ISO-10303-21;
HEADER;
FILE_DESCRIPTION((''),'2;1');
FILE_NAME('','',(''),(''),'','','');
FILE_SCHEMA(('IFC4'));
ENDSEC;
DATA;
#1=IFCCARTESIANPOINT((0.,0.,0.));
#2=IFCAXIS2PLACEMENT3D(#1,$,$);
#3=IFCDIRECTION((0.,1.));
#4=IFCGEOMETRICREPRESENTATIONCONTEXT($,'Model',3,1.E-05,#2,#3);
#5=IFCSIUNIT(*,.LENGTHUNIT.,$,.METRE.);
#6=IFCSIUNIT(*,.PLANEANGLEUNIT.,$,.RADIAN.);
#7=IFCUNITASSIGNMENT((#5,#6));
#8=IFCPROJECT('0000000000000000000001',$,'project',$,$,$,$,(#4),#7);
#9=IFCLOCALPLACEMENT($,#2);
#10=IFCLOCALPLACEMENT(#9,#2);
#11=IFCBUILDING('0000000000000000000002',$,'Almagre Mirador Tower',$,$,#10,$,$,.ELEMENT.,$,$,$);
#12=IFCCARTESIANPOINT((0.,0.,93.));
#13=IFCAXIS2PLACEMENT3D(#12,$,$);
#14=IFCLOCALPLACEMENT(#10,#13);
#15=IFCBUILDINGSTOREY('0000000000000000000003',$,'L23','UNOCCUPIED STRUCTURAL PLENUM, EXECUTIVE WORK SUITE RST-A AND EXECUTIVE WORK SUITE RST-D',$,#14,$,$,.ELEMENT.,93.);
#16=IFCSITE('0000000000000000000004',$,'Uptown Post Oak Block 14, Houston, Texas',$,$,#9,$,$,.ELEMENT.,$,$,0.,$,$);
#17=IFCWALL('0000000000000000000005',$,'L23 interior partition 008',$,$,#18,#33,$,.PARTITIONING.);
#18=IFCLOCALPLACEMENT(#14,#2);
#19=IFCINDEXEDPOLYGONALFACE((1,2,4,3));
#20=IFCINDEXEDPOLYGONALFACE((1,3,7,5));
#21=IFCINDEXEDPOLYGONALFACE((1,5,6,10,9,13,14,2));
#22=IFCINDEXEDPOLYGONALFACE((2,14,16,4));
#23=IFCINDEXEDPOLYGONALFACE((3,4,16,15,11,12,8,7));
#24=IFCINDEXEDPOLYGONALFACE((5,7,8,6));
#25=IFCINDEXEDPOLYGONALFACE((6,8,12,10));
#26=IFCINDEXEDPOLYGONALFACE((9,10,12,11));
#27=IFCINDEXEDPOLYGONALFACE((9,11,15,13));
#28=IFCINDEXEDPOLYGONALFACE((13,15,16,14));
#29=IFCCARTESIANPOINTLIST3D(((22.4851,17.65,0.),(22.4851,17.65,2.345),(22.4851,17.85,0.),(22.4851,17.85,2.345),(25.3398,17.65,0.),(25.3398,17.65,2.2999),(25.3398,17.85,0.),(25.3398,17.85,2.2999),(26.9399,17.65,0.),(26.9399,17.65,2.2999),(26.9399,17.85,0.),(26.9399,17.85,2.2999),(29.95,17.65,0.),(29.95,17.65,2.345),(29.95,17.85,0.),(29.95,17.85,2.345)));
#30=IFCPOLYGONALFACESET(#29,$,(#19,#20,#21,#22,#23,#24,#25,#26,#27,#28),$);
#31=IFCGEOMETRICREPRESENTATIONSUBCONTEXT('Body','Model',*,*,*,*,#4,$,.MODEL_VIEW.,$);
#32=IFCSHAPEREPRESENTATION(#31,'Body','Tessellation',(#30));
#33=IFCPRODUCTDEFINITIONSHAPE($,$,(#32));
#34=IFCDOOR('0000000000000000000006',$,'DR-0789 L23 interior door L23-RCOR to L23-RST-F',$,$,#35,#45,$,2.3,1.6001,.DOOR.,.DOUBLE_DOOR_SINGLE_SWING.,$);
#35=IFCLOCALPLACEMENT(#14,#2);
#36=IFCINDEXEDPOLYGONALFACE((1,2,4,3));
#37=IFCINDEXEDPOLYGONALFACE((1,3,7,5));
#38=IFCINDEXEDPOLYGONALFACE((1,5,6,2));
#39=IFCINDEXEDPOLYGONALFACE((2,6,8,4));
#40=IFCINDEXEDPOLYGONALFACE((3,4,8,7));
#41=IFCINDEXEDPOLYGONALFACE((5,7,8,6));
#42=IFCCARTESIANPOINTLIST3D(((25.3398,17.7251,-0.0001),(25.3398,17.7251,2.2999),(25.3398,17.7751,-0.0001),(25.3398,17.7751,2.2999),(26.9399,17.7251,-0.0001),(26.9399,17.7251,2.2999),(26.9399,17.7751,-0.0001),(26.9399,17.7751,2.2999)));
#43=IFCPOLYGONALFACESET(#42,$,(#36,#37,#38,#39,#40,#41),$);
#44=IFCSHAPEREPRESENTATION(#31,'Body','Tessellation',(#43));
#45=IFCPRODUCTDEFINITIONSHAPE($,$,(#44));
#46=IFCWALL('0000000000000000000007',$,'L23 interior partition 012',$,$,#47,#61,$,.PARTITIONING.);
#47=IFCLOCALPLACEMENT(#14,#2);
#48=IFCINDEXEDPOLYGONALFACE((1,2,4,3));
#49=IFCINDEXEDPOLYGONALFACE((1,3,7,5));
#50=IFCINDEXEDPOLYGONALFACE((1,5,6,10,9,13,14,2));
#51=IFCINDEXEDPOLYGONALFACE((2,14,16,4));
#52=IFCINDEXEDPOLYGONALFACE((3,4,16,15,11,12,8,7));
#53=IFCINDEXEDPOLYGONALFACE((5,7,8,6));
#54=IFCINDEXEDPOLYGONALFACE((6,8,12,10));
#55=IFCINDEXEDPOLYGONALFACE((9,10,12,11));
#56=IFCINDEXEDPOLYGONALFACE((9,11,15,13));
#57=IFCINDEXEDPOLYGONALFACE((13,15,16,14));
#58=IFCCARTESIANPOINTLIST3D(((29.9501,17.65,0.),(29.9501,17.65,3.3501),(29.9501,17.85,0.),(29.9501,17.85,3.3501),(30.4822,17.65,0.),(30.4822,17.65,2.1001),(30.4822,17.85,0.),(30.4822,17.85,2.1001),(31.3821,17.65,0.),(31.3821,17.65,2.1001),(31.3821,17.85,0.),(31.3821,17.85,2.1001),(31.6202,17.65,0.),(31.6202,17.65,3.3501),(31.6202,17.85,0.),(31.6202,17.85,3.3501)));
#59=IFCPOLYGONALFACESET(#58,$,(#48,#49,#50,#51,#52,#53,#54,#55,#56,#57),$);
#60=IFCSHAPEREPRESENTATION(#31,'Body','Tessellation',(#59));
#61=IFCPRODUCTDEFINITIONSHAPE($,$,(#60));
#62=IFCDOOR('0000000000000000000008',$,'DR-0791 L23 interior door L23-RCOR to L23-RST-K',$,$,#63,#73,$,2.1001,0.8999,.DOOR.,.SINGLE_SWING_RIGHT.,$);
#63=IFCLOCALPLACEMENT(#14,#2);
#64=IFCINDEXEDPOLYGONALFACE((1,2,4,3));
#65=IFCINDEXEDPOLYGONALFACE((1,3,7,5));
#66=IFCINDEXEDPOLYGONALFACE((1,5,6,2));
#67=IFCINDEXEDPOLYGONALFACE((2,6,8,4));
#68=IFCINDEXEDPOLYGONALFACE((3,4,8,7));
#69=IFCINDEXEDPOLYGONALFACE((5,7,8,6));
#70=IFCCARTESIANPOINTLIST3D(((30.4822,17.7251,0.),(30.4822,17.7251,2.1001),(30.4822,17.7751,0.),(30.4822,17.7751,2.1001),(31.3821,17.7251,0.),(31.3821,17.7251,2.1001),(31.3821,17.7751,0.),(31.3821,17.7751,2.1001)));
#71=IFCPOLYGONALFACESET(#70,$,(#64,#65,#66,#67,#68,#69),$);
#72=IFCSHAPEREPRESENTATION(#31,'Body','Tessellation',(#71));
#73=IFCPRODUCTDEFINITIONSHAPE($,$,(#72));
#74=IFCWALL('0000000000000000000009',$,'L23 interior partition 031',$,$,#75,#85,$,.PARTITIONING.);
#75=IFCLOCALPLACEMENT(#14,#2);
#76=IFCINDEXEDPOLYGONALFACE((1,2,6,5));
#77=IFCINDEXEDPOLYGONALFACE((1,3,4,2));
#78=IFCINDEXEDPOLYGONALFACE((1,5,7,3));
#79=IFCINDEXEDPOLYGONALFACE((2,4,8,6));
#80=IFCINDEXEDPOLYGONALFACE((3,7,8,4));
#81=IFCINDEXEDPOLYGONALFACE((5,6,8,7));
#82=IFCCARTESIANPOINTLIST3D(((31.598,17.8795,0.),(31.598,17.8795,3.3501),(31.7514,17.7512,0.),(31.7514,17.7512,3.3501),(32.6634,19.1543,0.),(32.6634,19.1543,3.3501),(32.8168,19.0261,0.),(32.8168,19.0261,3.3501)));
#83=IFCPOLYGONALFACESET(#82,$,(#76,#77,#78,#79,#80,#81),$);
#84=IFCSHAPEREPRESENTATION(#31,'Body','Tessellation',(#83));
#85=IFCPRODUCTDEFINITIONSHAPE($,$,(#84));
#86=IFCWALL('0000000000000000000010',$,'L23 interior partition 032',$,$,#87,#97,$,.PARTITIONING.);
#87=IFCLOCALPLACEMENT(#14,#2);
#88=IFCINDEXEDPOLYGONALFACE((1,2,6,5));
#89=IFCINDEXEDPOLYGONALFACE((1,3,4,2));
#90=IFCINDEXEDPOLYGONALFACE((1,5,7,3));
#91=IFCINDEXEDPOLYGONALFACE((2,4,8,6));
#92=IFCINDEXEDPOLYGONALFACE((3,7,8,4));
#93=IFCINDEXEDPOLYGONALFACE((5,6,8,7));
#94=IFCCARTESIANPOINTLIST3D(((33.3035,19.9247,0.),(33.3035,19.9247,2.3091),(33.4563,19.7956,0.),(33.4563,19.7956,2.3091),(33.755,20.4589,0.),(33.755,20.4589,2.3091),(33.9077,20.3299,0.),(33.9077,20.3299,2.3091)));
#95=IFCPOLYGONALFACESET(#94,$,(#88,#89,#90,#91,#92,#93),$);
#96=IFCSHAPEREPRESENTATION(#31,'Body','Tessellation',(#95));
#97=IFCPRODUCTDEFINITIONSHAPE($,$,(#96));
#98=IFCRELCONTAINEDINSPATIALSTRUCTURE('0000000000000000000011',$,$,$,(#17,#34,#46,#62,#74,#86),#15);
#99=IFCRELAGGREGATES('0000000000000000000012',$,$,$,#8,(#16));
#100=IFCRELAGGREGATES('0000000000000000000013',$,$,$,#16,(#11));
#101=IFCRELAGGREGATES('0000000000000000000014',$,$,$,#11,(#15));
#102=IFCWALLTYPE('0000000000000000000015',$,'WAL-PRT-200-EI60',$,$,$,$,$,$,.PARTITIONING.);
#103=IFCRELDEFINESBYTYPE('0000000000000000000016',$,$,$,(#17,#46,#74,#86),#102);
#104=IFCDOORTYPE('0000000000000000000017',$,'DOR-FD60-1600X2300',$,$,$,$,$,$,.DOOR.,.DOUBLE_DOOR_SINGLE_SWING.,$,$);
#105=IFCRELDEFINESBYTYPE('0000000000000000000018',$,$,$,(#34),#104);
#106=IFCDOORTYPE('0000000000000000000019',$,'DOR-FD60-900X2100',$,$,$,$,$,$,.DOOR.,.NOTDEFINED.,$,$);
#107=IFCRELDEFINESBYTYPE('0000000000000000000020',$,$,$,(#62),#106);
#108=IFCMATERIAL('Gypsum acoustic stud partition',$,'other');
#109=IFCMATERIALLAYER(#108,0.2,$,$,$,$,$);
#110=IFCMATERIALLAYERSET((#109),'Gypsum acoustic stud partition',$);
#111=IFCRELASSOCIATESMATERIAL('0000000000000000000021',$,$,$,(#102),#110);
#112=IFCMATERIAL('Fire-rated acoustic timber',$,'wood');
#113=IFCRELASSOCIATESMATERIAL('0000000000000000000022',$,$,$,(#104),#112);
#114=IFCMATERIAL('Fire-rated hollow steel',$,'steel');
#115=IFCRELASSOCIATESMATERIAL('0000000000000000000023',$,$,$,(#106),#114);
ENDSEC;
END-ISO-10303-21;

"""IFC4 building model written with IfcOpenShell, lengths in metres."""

from ifc_helpers import new_model, si_unit, direction, frame, frame_2d, origin, place, context, subcontext, project, spatial, rectangle, extrude, material, layer, layer_set, type_object, element, fill, save


model = new_model("IFC4")

# Units and contexts
model_context = context("Model", 3, precision=1e-05, world=origin(), true_north=direction((0.0, 1.0)))
body_context = subcontext(model_context, "Body", "Model", "MODEL_VIEW")
ifc_project = project(units=[si_unit("LENGTHUNIT", "METRE"), si_unit("PLANEANGLEUNIT", "RADIAN")], contexts=[model_context])

# Site, building, storey
site_placement = place(None, origin())
site = spatial("IfcSite", under=ifc_project, at=site_placement, Name="Uptown Post Oak Block 14, Houston, Texas", CompositionType="ELEMENT", RefElevation=0.0)
building_placement = place(site_placement, origin())
building = spatial("IfcBuilding", under=site, at=building_placement, Name="Almagre Mirador Tower", CompositionType="ELEMENT")
storey_placement = place(building_placement, frame((0.0, 0.0, 93.0)))
storey = spatial("IfcBuildingStorey", under=building, at=storey_placement, Name="L23", Description="UNOCCUPIED STRUCTURAL PLENUM, EXECUTIVE WORK SUITE RST-A AND EXECUTIVE WORK SUITE RST-D", CompositionType="ELEMENT", Elevation=93.0)

# Walls, openings, doors
ifc_material_1 = material(Name="Gypsum acoustic stud partition", Category="other")
ifc_layer_1 = layer(ifc_material_1, 0.2)
ifc_layer_set_1 = layer_set([ifc_layer_1], Name="Gypsum acoustic stud partition")
wall_type_1 = type_object("IfcWallType", Name="WAL-PRT-200-EI60", PredefinedType="PARTITIONING", material=ifc_layer_set_1)
wall_1_placement = place(storey_placement, frame((29.95, 17.75, 0.0), z_axis=(0.0, 0.0, 1.0), x_axis=(-1.0, 0.0, 0.0)))
wall_1 = element("IfcWall", 1, at=wall_1_placement, inside=storey, type_object=wall_type_1, Name="L23 interior partition 008", PredefinedType="PARTITIONING", context=body_context, shape_type="SweptSolid", body=[
    extrude(rectangle(XDim=7.4648, YDim=0.2, at=frame_2d((3.7324, 0.0))), origin(), (0.0, 0.0, 1.0), 2.345),
])
opening_1_placement = place(wall_1_placement, frame((3.01, 0.0, 0.0)))
opening_1 = element("IfcOpeningElement", 2, at=opening_1_placement, cuts=wall_1, PredefinedType="OPENING", context=body_context, shape_type="SweptSolid", body=[
    extrude(rectangle(XDim=1.6001, YDim=2.3, at=frame_2d((0.8, 1.1499))), frame((0.0, 0.1101, 0.0), z_axis=(0.0, -1.0, 0.0), x_axis=(1.0, 0.0, 0.0)), (0.0, 0.0, 1.0), 0.22),
])
ifc_material_2 = material(Name="Fire-rated acoustic timber", Category="wood")
door_type_1 = type_object("IfcDoorType", Name="DOR-FD60-1600X2300", OperationType="DOUBLE_DOOR_SINGLE_SWING", PredefinedType="DOOR", material=ifc_material_2)
door_1_placement = place(opening_1_placement, origin())
door_1 = element("IfcDoor", 3, at=door_1_placement, inside=storey, type_object=door_type_1, Name="DR-0789 L23 interior door L23-RCOR to L23-RST-F", OperationType="DOUBLE_DOOR_SINGLE_SWING", OverallHeight=2.3, OverallWidth=1.6001, PredefinedType="DOOR", context=body_context, shape_type="SweptSolid", body=[
    extrude(rectangle(XDim=1.6001, YDim=2.3, at=frame_2d((0.8, 1.1499))), frame((0.0, 0.0249, 0.0), z_axis=(0.0, -1.0, 0.0), x_axis=(1.0, 0.0, 0.0)), (0.0, 0.0, 1.0), 0.05),
])
fill(opening_1, door_1)
wall_2_placement = place(storey_placement, frame((31.6201, 17.75, 0.0), z_axis=(0.0, 0.0, 1.0), x_axis=(-1.0, 0.0, 0.0)))
wall_2 = element("IfcWall", 4, at=wall_2_placement, inside=storey, type_object=wall_type_1, Name="L23 interior partition 012", PredefinedType="PARTITIONING", context=body_context, shape_type="SweptSolid", body=[
    extrude(rectangle(XDim=1.6702, YDim=0.2, at=frame_2d((0.835, 0.0))), origin(), (0.0, 0.0, 1.0), 3.3501),
])
opening_2_placement = place(wall_2_placement, frame((0.238, 0.0, 0.0)))
opening_2 = element("IfcOpeningElement", 5, at=opening_2_placement, cuts=wall_2, PredefinedType="OPENING", context=body_context, shape_type="SweptSolid", body=[
    extrude(rectangle(XDim=0.8999, YDim=2.1001, at=frame_2d((0.45, 1.05))), frame((0.0, 0.1101, 0.0), z_axis=(0.0, -1.0, 0.0), x_axis=(1.0, 0.0, 0.0)), (0.0, 0.0, 1.0), 0.22),
])
ifc_material_3 = material(Name="Fire-rated hollow steel", Category="steel")
door_type_2 = type_object("IfcDoorType", Name="DOR-FD60-900X2100", OperationType="NOTDEFINED", PredefinedType="DOOR", material=ifc_material_3)
door_2_placement = place(opening_2_placement, origin())
door_2 = element("IfcDoor", 6, at=door_2_placement, inside=storey, type_object=door_type_2, Name="DR-0791 L23 interior door L23-RCOR to L23-RST-K", OperationType="SINGLE_SWING_RIGHT", OverallHeight=2.1001, OverallWidth=0.8999, PredefinedType="DOOR", context=body_context, shape_type="SweptSolid", body=[
    extrude(rectangle(XDim=0.8999, YDim=2.1001, at=frame_2d((0.45, 1.05))), frame((0.0, 0.0249, 0.0), z_axis=(0.0, -1.0, 0.0), x_axis=(1.0, 0.0, 0.0)), (0.0, 0.0, 1.0), 0.05),
])
fill(opening_2, door_2)

# Walls
wall_3_placement = place(storey_placement, frame((32.74, 19.0901, 0.0), z_axis=(0.0, 0.0, 1.0), x_axis=(-0.641253, -0.767329, 0.0)))
element("IfcWall", 7, at=wall_3_placement, inside=storey, type_object=wall_type_1, Name="L23 interior partition 031", PredefinedType="PARTITIONING", context=body_context, shape_type="SweptSolid", body=[
    extrude(rectangle(XDim=1.6614, YDim=0.2, at=frame_2d((0.8306, 0.0))), origin(), (0.0, 0.0, 1.0), 3.3501),
])
wall_4_placement = place(storey_placement, frame((33.8313, 20.3943, 0.0), z_axis=(0.0, 0.0, 1.0), x_axis=(-0.645457, -0.763797, 0.0)))
element("IfcWall", 8, at=wall_4_placement, inside=storey, type_object=wall_type_1, Name="L23 interior partition 032", PredefinedType="PARTITIONING", context=body_context, shape_type="SweptSolid", body=[
    extrude(rectangle(XDim=0.6995, YDim=0.2, at=frame_2d((0.3496, 0.0))), origin(), (0.0, 0.0, 1.0), 2.3091),
])

save(model, "model.ifc")
